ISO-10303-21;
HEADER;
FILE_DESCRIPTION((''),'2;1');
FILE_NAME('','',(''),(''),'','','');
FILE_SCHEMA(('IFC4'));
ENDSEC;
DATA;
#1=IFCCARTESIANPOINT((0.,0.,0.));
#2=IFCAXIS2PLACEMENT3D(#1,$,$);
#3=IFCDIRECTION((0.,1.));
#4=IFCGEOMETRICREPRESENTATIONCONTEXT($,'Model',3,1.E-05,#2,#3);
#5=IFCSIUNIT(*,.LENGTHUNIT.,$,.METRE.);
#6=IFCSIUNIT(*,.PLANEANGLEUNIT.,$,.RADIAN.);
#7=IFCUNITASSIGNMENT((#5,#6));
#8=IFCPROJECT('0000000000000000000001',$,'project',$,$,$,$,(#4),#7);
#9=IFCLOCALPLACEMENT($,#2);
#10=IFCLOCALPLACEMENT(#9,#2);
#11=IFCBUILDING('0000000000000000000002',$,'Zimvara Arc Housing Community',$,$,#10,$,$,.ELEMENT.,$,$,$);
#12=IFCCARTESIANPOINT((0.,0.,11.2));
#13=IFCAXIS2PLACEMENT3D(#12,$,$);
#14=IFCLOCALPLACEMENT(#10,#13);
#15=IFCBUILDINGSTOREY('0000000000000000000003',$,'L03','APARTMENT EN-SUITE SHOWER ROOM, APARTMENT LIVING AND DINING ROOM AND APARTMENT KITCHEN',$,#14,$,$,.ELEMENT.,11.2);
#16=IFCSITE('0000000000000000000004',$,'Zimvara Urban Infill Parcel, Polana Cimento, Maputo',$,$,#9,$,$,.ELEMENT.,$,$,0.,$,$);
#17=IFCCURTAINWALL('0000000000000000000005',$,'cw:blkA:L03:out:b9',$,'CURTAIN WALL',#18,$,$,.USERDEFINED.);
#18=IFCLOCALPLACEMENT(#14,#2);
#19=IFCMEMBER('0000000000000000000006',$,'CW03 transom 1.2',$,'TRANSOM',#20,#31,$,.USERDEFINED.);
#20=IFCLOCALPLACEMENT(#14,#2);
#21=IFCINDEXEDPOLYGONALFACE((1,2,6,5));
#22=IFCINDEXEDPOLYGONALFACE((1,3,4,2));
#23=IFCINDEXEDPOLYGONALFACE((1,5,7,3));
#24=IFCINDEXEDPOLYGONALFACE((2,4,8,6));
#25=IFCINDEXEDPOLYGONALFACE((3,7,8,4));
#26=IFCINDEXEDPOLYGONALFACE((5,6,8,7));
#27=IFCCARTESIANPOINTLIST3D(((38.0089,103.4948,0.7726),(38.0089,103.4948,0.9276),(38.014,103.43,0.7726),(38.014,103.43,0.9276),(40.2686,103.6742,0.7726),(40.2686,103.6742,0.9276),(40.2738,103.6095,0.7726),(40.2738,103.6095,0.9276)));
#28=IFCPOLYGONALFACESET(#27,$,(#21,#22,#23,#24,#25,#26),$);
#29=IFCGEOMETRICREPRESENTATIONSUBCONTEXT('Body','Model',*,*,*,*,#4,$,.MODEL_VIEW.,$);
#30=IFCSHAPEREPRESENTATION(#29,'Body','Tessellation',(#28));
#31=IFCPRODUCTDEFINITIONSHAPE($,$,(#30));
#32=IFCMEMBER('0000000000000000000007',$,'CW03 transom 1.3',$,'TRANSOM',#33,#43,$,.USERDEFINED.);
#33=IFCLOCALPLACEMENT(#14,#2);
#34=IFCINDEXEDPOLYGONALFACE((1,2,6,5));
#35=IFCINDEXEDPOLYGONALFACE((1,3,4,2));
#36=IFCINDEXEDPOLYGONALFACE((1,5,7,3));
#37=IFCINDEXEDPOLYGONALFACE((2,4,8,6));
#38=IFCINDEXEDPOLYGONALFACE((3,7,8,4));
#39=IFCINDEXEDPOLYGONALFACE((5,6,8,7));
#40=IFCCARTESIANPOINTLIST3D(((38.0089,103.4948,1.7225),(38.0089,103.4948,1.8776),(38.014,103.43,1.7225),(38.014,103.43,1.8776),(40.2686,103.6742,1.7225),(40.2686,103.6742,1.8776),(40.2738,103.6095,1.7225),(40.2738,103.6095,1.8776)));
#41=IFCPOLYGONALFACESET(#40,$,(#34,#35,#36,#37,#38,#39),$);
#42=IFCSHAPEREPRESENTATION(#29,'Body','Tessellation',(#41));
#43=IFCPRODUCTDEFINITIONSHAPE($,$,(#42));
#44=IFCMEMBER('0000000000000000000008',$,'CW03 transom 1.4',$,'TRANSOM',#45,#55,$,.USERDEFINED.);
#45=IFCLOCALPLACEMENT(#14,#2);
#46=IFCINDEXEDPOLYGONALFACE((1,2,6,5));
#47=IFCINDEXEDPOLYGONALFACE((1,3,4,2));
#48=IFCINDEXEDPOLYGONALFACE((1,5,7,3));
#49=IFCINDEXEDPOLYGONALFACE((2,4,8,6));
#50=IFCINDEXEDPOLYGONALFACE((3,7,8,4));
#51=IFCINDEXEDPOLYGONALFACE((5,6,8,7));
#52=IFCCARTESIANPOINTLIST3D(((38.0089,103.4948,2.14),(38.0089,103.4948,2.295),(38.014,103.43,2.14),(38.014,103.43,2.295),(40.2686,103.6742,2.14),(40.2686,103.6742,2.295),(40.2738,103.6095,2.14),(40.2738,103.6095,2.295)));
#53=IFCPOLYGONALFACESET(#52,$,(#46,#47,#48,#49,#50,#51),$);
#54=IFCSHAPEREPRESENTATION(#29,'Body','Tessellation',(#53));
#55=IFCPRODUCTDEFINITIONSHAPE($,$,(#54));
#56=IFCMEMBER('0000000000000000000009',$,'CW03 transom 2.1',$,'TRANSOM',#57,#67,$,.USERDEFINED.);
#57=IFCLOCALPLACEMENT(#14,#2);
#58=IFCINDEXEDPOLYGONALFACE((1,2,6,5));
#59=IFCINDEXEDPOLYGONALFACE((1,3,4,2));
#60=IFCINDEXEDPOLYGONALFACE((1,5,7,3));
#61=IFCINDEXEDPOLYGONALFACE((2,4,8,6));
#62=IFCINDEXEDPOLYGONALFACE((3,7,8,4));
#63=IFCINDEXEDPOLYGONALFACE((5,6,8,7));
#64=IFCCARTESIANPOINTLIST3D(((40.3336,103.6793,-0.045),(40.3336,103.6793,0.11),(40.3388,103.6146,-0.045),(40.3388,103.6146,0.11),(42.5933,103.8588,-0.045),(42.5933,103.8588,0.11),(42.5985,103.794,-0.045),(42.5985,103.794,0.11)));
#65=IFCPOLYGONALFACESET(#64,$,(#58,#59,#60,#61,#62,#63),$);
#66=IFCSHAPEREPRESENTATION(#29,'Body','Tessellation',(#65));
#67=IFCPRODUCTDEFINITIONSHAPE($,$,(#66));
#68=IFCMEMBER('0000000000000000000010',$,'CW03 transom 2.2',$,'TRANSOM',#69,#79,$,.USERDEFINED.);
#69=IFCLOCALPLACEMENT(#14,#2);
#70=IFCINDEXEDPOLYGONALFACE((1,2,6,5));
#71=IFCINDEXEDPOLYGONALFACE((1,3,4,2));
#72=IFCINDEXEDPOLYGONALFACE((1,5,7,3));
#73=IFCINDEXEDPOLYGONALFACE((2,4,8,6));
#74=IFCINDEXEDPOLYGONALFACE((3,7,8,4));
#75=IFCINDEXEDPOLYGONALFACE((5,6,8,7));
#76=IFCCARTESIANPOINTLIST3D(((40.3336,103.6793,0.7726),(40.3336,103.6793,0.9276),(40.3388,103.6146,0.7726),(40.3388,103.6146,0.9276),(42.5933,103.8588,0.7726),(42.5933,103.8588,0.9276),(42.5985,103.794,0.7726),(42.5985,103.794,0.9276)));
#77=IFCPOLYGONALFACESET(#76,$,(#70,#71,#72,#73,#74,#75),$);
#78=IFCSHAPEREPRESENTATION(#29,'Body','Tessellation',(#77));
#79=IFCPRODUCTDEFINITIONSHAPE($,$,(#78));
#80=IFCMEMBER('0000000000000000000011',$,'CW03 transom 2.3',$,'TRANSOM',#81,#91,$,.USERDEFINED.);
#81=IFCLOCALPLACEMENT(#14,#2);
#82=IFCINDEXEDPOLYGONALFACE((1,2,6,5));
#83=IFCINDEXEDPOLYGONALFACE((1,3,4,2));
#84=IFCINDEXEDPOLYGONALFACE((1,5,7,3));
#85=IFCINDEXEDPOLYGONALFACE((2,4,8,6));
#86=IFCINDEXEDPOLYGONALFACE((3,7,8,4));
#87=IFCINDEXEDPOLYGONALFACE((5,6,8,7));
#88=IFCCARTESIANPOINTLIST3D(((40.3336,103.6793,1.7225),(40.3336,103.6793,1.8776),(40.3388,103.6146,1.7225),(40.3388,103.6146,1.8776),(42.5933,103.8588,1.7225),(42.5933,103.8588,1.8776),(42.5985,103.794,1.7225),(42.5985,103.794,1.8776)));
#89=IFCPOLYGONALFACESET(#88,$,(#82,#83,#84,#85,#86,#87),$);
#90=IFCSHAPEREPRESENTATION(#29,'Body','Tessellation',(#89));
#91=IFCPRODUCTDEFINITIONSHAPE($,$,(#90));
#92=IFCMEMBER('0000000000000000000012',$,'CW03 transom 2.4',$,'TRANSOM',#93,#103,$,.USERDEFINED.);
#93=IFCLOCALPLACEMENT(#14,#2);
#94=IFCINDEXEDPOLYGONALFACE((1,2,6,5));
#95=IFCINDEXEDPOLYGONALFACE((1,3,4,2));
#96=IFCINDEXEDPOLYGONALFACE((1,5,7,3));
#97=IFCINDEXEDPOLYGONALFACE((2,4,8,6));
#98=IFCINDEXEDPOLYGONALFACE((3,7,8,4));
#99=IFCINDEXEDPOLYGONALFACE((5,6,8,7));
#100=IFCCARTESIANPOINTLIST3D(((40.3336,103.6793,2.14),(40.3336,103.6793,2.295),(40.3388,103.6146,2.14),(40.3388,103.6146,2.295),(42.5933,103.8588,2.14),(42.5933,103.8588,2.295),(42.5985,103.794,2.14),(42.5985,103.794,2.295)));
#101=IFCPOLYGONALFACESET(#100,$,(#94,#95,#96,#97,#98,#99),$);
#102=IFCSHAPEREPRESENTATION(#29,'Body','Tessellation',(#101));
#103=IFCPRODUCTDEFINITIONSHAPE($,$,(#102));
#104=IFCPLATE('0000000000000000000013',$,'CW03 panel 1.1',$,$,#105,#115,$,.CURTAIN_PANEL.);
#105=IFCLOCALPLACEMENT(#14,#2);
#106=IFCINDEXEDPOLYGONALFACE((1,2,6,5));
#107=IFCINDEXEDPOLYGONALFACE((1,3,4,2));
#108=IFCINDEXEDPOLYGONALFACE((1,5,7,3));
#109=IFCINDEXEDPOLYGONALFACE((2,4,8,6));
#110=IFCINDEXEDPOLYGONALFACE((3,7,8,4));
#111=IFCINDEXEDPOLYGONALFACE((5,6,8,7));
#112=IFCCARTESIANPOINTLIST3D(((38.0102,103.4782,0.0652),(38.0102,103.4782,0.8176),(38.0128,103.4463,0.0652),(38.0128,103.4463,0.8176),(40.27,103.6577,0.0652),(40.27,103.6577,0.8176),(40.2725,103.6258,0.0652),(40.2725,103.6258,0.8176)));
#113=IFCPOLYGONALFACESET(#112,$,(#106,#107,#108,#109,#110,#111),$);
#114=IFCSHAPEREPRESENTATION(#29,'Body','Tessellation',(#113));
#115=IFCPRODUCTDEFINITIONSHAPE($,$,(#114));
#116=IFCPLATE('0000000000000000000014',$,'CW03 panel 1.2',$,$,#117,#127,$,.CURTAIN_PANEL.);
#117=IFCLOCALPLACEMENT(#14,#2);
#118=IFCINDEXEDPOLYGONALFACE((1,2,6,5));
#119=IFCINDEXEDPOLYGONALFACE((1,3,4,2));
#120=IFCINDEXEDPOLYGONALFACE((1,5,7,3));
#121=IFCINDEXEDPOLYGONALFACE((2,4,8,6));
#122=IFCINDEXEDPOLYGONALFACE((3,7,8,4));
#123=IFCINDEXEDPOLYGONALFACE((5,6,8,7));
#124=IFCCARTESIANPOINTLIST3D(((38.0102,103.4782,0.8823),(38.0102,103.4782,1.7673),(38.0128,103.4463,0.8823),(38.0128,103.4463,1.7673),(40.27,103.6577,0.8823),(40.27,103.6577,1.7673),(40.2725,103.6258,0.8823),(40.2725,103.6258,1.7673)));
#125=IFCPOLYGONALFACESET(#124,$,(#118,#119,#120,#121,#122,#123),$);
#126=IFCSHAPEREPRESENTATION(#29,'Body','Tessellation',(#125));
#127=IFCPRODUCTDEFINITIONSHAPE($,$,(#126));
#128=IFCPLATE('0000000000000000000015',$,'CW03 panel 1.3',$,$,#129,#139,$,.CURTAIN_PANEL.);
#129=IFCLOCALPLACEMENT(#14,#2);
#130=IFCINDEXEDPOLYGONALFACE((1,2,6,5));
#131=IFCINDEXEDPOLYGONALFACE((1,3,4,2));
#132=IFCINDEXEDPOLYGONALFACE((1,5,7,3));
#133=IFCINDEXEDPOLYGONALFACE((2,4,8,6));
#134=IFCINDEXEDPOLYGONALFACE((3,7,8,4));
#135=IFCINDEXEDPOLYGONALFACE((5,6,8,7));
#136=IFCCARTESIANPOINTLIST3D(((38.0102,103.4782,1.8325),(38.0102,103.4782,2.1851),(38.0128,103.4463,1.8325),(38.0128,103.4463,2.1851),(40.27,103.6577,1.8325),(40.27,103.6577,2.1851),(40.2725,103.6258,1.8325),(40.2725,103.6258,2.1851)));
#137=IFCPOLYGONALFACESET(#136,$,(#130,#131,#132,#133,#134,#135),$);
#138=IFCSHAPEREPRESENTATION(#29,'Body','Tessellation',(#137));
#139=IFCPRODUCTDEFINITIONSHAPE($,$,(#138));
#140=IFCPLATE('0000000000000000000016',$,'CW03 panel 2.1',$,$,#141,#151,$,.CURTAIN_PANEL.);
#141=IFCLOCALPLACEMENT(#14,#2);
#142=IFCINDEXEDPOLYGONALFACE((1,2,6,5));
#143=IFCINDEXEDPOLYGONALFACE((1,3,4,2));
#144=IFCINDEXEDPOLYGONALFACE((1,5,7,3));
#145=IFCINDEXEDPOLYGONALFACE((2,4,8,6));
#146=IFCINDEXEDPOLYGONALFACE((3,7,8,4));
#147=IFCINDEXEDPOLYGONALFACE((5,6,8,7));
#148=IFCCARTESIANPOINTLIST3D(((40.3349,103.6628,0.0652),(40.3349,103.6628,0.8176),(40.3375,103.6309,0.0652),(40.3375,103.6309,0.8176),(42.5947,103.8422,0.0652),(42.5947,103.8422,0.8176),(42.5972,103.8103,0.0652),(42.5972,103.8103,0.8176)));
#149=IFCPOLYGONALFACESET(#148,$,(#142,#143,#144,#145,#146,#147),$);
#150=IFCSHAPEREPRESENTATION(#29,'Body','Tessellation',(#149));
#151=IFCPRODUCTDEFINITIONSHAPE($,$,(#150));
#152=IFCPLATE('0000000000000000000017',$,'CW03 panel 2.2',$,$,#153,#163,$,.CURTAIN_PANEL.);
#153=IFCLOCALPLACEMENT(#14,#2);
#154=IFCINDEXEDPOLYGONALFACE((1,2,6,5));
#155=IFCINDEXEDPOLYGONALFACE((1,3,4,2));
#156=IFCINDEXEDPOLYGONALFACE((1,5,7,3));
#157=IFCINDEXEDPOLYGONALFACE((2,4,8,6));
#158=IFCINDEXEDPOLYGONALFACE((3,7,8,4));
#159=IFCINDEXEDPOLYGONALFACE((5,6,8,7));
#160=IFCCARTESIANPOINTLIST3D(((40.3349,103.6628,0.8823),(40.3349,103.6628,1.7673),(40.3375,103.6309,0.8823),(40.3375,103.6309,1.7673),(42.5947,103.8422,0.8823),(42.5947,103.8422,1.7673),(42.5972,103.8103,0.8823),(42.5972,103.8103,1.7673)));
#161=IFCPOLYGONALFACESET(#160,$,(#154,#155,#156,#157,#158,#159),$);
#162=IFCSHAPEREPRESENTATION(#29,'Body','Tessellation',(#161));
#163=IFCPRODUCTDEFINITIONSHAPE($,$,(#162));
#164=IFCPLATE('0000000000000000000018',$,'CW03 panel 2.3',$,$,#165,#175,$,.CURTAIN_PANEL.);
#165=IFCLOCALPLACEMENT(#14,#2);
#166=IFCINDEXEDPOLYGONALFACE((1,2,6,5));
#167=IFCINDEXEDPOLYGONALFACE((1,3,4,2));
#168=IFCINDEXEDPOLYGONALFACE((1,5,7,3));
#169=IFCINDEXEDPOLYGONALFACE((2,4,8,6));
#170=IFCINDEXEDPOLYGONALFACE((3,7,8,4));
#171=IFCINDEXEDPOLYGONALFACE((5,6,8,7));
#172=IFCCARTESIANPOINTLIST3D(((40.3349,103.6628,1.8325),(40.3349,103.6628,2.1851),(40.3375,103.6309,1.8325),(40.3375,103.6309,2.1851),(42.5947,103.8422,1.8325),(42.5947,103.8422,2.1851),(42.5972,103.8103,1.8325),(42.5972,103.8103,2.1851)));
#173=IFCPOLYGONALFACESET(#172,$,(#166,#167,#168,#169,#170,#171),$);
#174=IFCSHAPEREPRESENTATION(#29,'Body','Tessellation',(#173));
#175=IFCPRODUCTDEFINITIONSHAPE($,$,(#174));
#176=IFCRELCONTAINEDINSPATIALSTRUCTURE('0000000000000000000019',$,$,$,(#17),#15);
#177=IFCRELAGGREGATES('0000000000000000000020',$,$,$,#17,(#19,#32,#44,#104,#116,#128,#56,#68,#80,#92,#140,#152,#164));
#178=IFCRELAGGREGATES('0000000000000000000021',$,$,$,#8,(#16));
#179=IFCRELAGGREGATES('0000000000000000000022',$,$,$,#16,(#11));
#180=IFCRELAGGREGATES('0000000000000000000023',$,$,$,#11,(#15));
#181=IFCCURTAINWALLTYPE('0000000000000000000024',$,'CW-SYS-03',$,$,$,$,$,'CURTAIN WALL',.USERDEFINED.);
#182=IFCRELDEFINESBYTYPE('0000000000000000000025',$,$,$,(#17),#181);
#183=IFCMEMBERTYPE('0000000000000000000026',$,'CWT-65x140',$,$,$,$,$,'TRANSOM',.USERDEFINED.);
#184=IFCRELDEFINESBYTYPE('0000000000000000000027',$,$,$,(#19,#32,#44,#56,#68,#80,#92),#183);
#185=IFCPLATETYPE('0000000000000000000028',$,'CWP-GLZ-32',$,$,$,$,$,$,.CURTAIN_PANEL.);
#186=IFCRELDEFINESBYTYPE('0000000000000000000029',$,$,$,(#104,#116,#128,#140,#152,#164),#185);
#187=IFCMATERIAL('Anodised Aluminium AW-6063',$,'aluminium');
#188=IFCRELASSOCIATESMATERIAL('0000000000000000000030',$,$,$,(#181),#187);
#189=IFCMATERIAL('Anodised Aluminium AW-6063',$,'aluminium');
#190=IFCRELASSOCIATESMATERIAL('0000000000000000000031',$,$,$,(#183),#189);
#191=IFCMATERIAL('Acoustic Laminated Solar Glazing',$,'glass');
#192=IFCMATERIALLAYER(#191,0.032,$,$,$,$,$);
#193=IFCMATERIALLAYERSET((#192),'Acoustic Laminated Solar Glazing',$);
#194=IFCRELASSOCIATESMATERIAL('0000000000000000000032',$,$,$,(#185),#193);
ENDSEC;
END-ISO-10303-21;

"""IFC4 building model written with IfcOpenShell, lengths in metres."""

from ifc_helpers import new_model, si_unit, direction, frame, origin, origin_2d, place, context, subcontext, project, spatial, rectangle, extrude, material, layer, layer_set, material_profile, profile_set, type_object, element, aggregate, save


model = new_model("IFC4")

# Units and contexts
model_context = context("Model", 3, precision=1e-05, world=origin(), true_north=direction((0.0, 1.0)))
body_context = subcontext(model_context, "Body", "Model", "MODEL_VIEW")
ifc_project = project(units=[si_unit("LENGTHUNIT", "METRE"), si_unit("PLANEANGLEUNIT", "RADIAN")], contexts=[model_context])

# Site, building, storey
site_placement = place(None, origin())
site = spatial("IfcSite", under=ifc_project, at=site_placement, Name="Zimvara Urban Infill Parcel, Polana Cimento, Maputo", CompositionType="ELEMENT", RefElevation=0.0)
building_placement = place(site_placement, origin())
building = spatial("IfcBuilding", under=site, at=building_placement, Name="Zimvara Arc Housing Community", CompositionType="ELEMENT")
storey_placement = place(building_placement, frame((0.0, 0.0, 11.2)))
storey = spatial("IfcBuildingStorey", under=building, at=storey_placement, Name="L03", Description="APARTMENT EN-SUITE SHOWER ROOM, APARTMENT LIVING AND DINING ROOM AND APARTMENT KITCHEN", CompositionType="ELEMENT", Elevation=11.2)

# Curtain wall, members, plates
ifc_material_1 = material(Name="Anodised Aluminium AW-6063", Category="aluminium")
curtain_wall_type = type_object("IfcCurtainWallType", Name="CW-SYS-03", ElementType="CURTAIN WALL", PredefinedType="USERDEFINED", material=ifc_material_1)
curtain_wall_placement = place(storey_placement, origin())
curtain_wall = element("IfcCurtainWall", 1, at=curtain_wall_placement, inside=storey, type_object=curtain_wall_type, Name="cw:blkA:L03:out:b9", ObjectType="CURTAIN WALL", PredefinedType="USERDEFINED")
ifc_material_2 = material(Name="Anodised Aluminium AW-6063", Category="aluminium")
ifc_material_profile_1 = material_profile(ifc_material_2, rectangle(XDim=0.0649, YDim=0.155, at=origin_2d()), Name="ALU 65x155")
ifc_profile_set_1 = profile_set([ifc_material_profile_1], Name="Anodised Aluminium AW-6063")
member_type_1 = type_object("IfcMemberType", Name="CWT-65x140", ElementType="TRANSOM", PredefinedType="USERDEFINED", material=ifc_profile_set_1)
member_1_placement = place(storey_placement, frame((38.0115, 103.4624, 0.8501), z_axis=(0.996862, 0.079159, 0.0), x_axis=(-0.079159, 0.996862, 0.0)))
member_1 = element("IfcMember", 2, at=member_1_placement, type_object=member_type_1, Name="CW03 transom 1.2", ObjectType="TRANSOM", PredefinedType="USERDEFINED", context=body_context, shape_type="SweptSolid", body=[
    extrude(rectangle(XDim=0.0649, YDim=0.155, at=origin_2d()), origin(), (0.0, 0.0, 1.0), 2.2668),
])
member_2_placement = place(storey_placement, frame((38.0115, 103.4624, 1.8), z_axis=(0.996862, 0.079159, 0.0), x_axis=(-0.079159, 0.996862, 0.0)))
member_2 = element("IfcMember", 3, at=member_2_placement, type_object=member_type_1, Name="CW03 transom 1.3", ObjectType="TRANSOM", PredefinedType="USERDEFINED", context=body_context, shape_type="SweptSolid", body=[
    extrude(rectangle(XDim=0.0649, YDim=0.155, at=origin_2d()), origin(), (0.0, 0.0, 1.0), 2.2668),
])
member_3_placement = place(storey_placement, frame((38.0115, 103.4624, 2.2175), z_axis=(0.996862, 0.079159, 0.0), x_axis=(-0.079159, 0.996862, 0.0)))
member_3 = element("IfcMember", 4, at=member_3_placement, type_object=member_type_1, Name="CW03 transom 1.4", ObjectType="TRANSOM", PredefinedType="USERDEFINED", context=body_context, shape_type="SweptSolid", body=[
    extrude(rectangle(XDim=0.0649, YDim=0.155, at=origin_2d()), origin(), (0.0, 0.0, 1.0), 2.2668),
])
member_4_placement = place(storey_placement, frame((40.3362, 103.647, 0.0325), z_axis=(0.996862, 0.079159, 0.0), x_axis=(-0.079159, 0.996862, 0.0)))
member_4 = element("IfcMember", 5, at=member_4_placement, type_object=member_type_1, Name="CW03 transom 2.1", ObjectType="TRANSOM", PredefinedType="USERDEFINED", context=body_context, shape_type="SweptSolid", body=[
    extrude(rectangle(XDim=0.0649, YDim=0.155, at=origin_2d()), origin(), (0.0, 0.0, 1.0), 2.2668),
])
member_5_placement = place(storey_placement, frame((40.3362, 103.647, 0.8501), z_axis=(0.996862, 0.079159, 0.0), x_axis=(-0.079159, 0.996862, 0.0)))
member_5 = element("IfcMember", 6, at=member_5_placement, type_object=member_type_1, Name="CW03 transom 2.2", ObjectType="TRANSOM", PredefinedType="USERDEFINED", context=body_context, shape_type="SweptSolid", body=[
    extrude(rectangle(XDim=0.0649, YDim=0.155, at=origin_2d()), origin(), (0.0, 0.0, 1.0), 2.2668),
])
member_6_placement = place(storey_placement, frame((40.3362, 103.647, 1.8), z_axis=(0.996862, 0.079159, 0.0), x_axis=(-0.079159, 0.996862, 0.0)))
member_6 = element("IfcMember", 7, at=member_6_placement, type_object=member_type_1, Name="CW03 transom 2.3", ObjectType="TRANSOM", PredefinedType="USERDEFINED", context=body_context, shape_type="SweptSolid", body=[
    extrude(rectangle(XDim=0.0649, YDim=0.155, at=origin_2d()), origin(), (0.0, 0.0, 1.0), 2.2668),
])
member_7_placement = place(storey_placement, frame((40.3362, 103.647, 2.2175), z_axis=(0.996862, 0.079159, 0.0), x_axis=(-0.079159, 0.996862, 0.0)))
member_7 = element("IfcMember", 8, at=member_7_placement, type_object=member_type_1, Name="CW03 transom 2.4", ObjectType="TRANSOM", PredefinedType="USERDEFINED", context=body_context, shape_type="SweptSolid", body=[
    extrude(rectangle(XDim=0.0649, YDim=0.155, at=origin_2d()), origin(), (0.0, 0.0, 1.0), 2.2668),
])
ifc_material_3 = material(Name="Acoustic Laminated Solar Glazing", Category="glass")
ifc_layer_1 = layer(ifc_material_3, 0.032)
ifc_layer_set_1 = layer_set([ifc_layer_1], Name="Acoustic Laminated Solar Glazing")
plate_type = type_object("IfcPlateType", Name="CWP-GLZ-32", PredefinedType="CURTAIN_PANEL", material=ifc_layer_set_1)
plate_1_placement = place(storey_placement, frame((39.1414, 103.552, 0.0652), z_axis=(0.0, 0.0, 1.0), x_axis=(0.996862, 0.079154, 0.0)))
plate_1 = element("IfcPlate", 9, at=plate_1_placement, type_object=plate_type, Name="CW03 panel 1.1", PredefinedType="CURTAIN_PANEL", context=body_context, shape_type="SweptSolid", body=[
    extrude(rectangle(XDim=2.2668, YDim=0.032, at=origin_2d()), origin(), (0.0, 0.0, 1.0), 0.7524),
])
plate_2_placement = place(storey_placement, frame((39.1414, 103.552, 0.8823), z_axis=(0.0, 0.0, 1.0), x_axis=(0.996862, 0.079154, 0.0)))
plate_2 = element("IfcPlate", 10, at=plate_2_placement, type_object=plate_type, Name="CW03 panel 1.2", PredefinedType="CURTAIN_PANEL", context=body_context, shape_type="SweptSolid", body=[
    extrude(rectangle(XDim=2.2668, YDim=0.032, at=origin_2d()), origin(), (0.0, 0.0, 1.0), 0.885),
])
plate_3_placement = place(storey_placement, frame((39.1414, 103.552, 1.8325), z_axis=(0.0, 0.0, 1.0), x_axis=(0.996862, 0.079154, 0.0)))
plate_3 = element("IfcPlate", 11, at=plate_3_placement, type_object=plate_type, Name="CW03 panel 1.3", PredefinedType="CURTAIN_PANEL", context=body_context, shape_type="SweptSolid", body=[
    extrude(rectangle(XDim=2.2668, YDim=0.032, at=origin_2d()), origin(), (0.0, 0.0, 1.0), 0.3525),
])
plate_4_placement = place(storey_placement, frame((41.4661, 103.7366, 0.0652), z_axis=(0.0, 0.0, 1.0), x_axis=(0.996862, 0.079154, 0.0)))
plate_4 = element("IfcPlate", 12, at=plate_4_placement, type_object=plate_type, Name="CW03 panel 2.1", PredefinedType="CURTAIN_PANEL", context=body_context, shape_type="SweptSolid", body=[
    extrude(rectangle(XDim=2.2668, YDim=0.032, at=origin_2d()), origin(), (0.0, 0.0, 1.0), 0.7524),
])
plate_5_placement = place(storey_placement, frame((41.4661, 103.7366, 0.8823), z_axis=(0.0, 0.0, 1.0), x_axis=(0.996862, 0.079154, 0.0)))
plate_5 = element("IfcPlate", 13, at=plate_5_placement, type_object=plate_type, Name="CW03 panel 2.2", PredefinedType="CURTAIN_PANEL", context=body_context, shape_type="SweptSolid", body=[
    extrude(rectangle(XDim=2.2668, YDim=0.032, at=origin_2d()), origin(), (0.0, 0.0, 1.0), 0.885),
])
plate_6_placement = place(storey_placement, frame((41.4661, 103.7366, 1.8325), z_axis=(0.0, 0.0, 1.0), x_axis=(0.996862, 0.079154, 0.0)))
plate_6 = element("IfcPlate", 14, at=plate_6_placement, type_object=plate_type, Name="CW03 panel 2.3", PredefinedType="CURTAIN_PANEL", context=body_context, shape_type="SweptSolid", body=[
    extrude(rectangle(XDim=2.2668, YDim=0.032, at=origin_2d()), origin(), (0.0, 0.0, 1.0), 0.3525),
])
aggregate(curtain_wall, [member_1, member_2, member_3, plate_1, plate_2, plate_3, member_4, member_5, member_6, member_7, plate_4, plate_5, plate_6])

save(model, "model.ifc")
